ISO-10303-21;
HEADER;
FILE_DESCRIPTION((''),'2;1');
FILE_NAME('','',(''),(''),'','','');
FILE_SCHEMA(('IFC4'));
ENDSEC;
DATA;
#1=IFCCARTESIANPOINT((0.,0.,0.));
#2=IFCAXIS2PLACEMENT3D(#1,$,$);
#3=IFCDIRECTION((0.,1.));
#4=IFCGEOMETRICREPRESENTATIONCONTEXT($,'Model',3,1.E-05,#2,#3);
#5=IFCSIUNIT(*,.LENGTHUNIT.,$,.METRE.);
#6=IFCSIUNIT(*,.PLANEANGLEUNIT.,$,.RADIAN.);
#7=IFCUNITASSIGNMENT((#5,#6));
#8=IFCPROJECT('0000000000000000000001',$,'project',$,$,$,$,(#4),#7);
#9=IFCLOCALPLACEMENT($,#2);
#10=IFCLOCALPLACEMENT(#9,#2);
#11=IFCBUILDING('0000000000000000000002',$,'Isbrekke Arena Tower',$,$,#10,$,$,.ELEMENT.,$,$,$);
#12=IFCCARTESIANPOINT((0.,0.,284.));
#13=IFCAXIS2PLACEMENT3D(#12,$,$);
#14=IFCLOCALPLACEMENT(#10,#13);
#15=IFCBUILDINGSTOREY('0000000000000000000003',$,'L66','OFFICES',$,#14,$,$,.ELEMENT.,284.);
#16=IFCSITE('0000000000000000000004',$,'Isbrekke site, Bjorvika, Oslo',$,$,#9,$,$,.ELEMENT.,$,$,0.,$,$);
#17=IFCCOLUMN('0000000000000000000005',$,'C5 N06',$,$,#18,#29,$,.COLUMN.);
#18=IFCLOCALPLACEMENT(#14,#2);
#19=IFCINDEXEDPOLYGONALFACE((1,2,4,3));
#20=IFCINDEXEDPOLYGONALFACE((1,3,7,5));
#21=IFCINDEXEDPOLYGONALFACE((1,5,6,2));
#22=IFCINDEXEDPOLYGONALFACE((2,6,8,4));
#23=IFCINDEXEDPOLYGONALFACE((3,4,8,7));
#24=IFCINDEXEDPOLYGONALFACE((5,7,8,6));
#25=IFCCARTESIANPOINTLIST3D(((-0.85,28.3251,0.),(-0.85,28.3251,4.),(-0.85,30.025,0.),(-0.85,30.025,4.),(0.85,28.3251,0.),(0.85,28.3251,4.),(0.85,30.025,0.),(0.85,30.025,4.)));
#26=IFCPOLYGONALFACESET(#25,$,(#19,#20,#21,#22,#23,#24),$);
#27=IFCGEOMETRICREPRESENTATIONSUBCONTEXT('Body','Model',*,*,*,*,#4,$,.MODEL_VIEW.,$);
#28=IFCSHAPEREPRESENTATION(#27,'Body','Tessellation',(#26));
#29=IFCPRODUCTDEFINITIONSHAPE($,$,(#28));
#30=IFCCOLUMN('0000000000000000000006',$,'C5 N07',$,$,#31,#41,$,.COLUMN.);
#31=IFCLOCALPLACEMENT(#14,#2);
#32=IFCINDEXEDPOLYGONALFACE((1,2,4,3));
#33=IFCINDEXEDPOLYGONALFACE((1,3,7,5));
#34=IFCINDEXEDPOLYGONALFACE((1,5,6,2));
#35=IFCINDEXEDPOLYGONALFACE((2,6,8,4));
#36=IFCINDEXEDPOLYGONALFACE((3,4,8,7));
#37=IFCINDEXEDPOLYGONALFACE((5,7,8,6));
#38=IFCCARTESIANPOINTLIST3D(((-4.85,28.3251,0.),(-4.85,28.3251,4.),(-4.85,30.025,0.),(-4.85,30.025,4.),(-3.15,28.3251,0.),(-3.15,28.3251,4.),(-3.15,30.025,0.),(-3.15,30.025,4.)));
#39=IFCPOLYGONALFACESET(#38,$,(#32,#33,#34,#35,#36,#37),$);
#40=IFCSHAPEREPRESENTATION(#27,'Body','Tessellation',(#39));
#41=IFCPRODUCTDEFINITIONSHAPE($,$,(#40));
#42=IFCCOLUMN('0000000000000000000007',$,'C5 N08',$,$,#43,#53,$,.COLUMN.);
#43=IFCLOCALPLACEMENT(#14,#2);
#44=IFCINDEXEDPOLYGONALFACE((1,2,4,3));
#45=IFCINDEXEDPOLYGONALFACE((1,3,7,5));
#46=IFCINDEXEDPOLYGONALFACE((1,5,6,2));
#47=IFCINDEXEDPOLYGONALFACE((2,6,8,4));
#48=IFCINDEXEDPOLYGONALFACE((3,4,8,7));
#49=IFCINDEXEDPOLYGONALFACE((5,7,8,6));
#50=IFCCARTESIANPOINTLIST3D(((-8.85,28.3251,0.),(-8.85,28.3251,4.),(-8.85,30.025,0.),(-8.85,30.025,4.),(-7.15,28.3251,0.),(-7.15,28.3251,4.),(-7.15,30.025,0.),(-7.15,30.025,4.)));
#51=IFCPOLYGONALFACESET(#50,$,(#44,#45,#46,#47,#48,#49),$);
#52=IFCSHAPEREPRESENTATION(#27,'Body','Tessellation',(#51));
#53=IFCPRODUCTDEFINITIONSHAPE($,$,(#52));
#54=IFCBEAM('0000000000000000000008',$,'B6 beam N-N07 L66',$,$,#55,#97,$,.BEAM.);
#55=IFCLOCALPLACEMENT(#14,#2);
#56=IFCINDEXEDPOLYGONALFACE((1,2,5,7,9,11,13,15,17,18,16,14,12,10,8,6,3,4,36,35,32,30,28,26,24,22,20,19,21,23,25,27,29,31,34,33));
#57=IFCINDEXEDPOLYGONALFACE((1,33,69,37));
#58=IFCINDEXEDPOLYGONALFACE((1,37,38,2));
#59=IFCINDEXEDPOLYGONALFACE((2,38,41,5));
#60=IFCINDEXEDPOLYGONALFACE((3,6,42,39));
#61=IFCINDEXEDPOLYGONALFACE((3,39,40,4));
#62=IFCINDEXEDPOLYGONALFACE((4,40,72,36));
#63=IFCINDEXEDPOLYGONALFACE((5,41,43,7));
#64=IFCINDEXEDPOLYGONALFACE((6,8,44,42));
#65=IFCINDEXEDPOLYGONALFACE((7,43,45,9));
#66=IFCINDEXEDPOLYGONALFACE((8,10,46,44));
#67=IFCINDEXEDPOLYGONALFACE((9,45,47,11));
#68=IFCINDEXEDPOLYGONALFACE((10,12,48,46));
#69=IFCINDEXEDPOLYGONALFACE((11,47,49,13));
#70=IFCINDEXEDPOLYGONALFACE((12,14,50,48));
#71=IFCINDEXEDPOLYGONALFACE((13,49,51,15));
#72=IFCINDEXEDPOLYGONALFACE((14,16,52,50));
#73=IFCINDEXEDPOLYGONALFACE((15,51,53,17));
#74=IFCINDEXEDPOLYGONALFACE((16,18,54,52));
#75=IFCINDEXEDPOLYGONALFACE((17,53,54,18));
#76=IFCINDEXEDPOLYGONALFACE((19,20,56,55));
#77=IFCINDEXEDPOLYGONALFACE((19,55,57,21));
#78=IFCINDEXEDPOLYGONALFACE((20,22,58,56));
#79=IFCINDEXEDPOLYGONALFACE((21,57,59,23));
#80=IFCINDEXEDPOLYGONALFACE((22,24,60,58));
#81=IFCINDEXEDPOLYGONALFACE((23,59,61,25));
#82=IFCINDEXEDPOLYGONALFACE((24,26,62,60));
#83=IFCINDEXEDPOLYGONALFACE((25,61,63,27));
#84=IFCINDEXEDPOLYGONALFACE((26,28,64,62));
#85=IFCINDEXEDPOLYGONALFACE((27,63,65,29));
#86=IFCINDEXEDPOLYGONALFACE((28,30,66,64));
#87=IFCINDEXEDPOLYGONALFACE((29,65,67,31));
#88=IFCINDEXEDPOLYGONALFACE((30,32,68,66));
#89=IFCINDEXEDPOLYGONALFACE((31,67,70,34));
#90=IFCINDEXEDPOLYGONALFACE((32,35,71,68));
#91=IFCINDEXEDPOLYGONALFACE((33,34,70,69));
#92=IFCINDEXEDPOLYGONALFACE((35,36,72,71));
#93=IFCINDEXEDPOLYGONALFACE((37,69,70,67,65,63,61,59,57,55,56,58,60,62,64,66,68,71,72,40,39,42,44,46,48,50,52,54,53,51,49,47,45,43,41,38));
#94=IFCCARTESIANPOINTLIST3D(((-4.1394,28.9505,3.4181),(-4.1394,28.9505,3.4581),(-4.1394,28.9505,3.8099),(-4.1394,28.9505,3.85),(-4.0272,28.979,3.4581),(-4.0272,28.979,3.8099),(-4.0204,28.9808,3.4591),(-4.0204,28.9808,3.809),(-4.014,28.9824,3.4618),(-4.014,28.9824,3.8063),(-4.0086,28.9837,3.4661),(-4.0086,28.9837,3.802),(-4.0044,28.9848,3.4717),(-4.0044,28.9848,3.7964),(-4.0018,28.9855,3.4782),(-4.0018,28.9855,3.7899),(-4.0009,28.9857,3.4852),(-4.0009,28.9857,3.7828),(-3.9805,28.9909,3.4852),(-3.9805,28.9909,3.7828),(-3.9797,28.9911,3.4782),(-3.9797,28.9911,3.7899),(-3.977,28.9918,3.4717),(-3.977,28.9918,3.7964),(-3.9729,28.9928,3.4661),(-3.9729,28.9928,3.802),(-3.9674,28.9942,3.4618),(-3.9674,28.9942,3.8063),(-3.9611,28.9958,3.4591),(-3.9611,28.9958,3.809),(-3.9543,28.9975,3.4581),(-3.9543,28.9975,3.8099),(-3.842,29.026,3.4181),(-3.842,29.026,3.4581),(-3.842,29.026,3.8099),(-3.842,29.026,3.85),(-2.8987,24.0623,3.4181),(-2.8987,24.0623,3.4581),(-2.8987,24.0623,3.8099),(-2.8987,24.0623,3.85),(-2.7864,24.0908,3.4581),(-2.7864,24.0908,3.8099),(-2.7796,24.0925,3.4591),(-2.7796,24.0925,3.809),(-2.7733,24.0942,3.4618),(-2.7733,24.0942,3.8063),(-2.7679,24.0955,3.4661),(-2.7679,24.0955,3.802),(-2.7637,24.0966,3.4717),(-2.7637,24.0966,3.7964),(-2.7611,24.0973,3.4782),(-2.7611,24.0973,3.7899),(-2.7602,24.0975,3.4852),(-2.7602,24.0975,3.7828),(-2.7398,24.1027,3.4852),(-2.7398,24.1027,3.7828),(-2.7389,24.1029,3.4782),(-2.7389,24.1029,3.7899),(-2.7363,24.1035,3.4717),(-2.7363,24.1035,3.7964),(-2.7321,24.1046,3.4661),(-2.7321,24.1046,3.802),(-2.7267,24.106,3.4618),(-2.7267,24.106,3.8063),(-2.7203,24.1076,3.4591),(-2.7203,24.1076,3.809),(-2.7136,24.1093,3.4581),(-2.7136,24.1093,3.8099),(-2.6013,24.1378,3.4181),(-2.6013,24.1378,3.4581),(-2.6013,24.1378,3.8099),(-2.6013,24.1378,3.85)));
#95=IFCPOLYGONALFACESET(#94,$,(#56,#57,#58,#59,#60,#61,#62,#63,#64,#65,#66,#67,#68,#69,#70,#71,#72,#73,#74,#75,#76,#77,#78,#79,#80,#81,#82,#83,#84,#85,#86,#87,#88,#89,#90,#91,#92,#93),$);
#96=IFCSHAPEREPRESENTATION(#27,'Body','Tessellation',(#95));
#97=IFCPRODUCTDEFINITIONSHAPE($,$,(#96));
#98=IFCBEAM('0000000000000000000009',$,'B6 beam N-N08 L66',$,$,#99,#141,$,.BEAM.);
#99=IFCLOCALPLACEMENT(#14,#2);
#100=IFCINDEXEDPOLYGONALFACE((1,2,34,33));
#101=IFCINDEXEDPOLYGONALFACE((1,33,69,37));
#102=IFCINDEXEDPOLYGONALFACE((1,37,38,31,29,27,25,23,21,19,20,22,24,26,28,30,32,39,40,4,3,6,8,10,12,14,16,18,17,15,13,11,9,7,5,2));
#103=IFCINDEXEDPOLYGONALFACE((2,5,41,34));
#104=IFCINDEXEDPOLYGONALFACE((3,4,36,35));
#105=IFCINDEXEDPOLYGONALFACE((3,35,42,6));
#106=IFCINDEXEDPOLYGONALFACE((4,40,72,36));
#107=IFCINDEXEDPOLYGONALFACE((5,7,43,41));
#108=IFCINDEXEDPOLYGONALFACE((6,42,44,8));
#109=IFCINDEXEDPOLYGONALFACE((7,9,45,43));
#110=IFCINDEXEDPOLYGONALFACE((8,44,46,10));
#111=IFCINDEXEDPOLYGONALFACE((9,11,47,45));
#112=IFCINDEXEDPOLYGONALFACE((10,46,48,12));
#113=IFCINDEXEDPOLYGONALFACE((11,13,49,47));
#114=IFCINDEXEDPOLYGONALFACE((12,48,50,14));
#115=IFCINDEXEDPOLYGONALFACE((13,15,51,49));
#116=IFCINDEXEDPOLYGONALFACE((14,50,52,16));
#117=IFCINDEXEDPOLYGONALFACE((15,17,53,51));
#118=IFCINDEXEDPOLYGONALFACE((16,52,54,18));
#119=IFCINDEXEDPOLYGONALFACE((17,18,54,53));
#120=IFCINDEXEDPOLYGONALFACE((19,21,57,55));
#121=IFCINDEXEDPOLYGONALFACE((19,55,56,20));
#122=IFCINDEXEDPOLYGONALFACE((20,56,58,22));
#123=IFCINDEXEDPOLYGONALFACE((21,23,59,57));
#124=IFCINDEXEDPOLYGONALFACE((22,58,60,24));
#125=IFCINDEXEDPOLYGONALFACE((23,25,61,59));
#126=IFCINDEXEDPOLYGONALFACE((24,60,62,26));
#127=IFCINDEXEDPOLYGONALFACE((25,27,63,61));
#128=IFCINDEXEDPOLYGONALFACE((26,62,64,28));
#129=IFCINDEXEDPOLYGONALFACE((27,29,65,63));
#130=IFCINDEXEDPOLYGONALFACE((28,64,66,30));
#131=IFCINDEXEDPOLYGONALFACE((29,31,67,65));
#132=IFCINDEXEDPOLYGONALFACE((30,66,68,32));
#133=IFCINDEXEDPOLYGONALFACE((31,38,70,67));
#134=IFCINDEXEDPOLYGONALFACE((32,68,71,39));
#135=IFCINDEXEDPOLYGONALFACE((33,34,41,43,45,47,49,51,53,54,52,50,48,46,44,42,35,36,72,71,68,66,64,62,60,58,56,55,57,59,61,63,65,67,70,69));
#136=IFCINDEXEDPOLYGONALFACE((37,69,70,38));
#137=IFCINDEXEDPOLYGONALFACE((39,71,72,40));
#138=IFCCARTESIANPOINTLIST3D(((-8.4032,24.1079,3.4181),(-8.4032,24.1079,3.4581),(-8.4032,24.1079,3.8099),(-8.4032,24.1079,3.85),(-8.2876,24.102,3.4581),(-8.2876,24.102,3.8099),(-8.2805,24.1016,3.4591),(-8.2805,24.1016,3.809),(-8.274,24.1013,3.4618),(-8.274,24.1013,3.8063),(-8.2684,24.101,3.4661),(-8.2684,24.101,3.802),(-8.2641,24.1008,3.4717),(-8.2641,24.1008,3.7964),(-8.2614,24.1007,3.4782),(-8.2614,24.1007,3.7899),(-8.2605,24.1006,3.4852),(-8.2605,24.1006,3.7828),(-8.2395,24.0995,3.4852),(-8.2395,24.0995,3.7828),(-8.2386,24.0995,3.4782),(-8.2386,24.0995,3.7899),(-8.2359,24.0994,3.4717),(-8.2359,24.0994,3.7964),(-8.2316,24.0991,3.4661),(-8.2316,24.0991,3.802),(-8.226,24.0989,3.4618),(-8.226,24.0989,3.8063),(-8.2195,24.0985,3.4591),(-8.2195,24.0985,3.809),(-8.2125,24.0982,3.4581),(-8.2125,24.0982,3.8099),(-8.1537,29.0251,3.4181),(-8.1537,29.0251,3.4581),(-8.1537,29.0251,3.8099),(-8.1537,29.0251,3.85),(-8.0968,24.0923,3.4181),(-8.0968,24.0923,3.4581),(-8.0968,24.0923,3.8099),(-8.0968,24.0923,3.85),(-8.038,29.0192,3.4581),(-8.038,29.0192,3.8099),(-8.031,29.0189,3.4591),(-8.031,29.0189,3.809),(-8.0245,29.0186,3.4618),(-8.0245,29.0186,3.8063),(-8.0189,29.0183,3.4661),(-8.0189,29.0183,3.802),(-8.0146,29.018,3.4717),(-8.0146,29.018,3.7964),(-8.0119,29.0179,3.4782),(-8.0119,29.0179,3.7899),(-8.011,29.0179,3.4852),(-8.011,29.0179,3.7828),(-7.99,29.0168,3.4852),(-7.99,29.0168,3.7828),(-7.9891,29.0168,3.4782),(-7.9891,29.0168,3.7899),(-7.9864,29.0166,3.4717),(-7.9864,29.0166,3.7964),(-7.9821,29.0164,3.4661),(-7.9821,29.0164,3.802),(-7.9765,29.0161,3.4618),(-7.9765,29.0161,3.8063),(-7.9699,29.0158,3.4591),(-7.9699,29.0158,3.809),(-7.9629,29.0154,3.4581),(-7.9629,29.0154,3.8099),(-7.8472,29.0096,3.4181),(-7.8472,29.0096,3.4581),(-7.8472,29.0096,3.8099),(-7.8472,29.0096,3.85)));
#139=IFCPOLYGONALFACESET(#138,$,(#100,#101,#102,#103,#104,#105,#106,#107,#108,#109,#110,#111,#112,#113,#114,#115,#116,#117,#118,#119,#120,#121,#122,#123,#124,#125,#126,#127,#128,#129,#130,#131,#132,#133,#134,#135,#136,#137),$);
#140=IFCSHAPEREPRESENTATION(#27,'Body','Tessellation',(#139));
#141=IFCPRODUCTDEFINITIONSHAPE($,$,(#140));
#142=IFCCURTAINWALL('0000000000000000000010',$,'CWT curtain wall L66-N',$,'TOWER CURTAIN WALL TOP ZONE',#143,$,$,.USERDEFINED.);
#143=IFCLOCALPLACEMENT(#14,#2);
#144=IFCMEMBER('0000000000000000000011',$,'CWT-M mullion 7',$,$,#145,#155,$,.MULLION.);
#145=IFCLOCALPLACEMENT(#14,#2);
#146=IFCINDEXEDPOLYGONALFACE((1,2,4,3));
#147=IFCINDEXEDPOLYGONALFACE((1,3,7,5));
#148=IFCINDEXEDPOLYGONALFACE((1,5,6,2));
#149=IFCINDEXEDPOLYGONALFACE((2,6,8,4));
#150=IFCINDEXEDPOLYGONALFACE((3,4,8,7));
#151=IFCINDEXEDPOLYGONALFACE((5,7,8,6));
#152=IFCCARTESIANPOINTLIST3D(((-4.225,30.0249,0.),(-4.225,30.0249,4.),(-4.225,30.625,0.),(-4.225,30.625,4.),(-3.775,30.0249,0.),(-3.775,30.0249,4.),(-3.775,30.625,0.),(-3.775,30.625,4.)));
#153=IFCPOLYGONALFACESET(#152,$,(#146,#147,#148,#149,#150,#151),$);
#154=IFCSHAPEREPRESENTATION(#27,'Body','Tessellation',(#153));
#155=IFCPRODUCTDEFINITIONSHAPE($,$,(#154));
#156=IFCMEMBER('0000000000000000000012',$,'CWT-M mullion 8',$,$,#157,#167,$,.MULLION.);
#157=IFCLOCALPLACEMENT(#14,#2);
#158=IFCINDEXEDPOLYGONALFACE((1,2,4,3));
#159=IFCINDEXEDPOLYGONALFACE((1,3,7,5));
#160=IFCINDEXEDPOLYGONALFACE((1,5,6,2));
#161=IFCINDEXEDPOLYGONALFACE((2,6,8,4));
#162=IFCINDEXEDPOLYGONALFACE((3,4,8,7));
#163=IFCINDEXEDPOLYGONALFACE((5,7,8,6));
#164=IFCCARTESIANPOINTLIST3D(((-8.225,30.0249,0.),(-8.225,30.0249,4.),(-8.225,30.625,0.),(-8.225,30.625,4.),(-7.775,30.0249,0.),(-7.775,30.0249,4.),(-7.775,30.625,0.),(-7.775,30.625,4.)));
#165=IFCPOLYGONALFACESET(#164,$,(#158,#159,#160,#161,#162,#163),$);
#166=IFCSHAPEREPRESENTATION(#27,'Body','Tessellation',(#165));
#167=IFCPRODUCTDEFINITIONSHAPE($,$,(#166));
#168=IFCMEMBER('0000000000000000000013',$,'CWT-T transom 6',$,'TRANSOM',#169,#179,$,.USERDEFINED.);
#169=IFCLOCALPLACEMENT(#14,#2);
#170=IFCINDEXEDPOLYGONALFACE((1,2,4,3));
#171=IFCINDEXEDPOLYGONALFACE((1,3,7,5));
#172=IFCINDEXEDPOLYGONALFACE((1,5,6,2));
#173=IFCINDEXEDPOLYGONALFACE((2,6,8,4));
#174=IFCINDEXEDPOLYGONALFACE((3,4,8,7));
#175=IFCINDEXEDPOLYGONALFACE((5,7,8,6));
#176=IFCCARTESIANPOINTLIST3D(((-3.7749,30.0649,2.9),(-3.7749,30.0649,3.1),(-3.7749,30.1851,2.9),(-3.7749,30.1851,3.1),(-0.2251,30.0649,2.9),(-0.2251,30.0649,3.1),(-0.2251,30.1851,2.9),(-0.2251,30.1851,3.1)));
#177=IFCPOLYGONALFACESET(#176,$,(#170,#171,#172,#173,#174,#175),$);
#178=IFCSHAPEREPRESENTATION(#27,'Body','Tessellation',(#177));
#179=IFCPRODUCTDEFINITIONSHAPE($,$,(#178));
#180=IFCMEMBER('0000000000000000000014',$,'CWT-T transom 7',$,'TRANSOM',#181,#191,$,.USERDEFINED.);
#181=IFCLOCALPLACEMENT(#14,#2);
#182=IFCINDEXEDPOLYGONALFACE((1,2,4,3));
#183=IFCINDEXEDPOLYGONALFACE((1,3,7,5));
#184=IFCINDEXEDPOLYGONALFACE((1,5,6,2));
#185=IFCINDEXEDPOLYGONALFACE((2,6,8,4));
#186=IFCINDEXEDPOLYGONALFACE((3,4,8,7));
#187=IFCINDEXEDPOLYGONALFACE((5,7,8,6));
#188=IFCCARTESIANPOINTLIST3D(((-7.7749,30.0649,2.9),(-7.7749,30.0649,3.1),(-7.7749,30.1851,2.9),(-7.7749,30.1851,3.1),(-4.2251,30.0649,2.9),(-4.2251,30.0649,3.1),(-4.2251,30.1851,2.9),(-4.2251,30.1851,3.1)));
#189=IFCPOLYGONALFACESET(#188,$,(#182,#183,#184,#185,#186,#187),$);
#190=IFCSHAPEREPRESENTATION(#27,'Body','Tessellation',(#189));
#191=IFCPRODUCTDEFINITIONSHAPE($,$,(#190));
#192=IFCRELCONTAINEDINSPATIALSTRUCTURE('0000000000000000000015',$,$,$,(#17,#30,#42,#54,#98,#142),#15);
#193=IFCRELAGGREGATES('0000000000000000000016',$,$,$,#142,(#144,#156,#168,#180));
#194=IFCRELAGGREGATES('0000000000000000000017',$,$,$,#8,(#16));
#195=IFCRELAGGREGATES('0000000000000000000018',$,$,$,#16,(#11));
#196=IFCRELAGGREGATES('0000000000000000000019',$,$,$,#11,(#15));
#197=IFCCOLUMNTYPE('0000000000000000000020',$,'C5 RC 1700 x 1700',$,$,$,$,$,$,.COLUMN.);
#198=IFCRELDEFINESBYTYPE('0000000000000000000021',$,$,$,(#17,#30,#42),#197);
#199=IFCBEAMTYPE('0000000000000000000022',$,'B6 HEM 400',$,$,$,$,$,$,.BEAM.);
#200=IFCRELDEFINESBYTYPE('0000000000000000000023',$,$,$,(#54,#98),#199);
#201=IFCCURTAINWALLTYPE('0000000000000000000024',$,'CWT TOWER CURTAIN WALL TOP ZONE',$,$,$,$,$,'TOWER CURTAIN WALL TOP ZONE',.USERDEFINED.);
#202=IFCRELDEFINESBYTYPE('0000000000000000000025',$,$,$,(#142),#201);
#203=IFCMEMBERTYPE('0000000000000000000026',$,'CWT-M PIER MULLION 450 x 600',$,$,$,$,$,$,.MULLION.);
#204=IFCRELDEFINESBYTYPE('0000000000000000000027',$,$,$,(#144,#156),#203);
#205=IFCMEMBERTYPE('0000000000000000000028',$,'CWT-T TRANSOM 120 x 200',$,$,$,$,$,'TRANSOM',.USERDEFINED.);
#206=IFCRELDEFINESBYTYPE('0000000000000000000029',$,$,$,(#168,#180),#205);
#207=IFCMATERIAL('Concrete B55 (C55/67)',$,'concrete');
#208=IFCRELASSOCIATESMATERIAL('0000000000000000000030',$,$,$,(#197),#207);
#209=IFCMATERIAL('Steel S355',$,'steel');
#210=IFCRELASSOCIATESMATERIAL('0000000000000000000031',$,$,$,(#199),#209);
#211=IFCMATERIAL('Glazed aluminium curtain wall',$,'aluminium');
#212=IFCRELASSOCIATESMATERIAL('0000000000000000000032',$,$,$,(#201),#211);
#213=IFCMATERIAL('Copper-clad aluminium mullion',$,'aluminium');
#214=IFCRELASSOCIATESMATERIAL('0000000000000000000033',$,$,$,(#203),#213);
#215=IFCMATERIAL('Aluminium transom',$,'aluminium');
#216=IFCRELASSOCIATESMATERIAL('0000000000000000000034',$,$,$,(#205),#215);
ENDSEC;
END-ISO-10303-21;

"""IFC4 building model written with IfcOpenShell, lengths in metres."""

from ifc_helpers import new_model, si_unit, direction, frame, origin, origin_2d, place, context, subcontext, project, spatial, rectangle, i_section, extrude, material, material_profile, profile_set, type_object, element, aggregate, save


model = new_model("IFC4")

# Units and contexts
model_context = context("Model", 3, precision=1e-05, world=origin(), true_north=direction((0.0, 1.0)))
body_context = subcontext(model_context, "Body", "Model", "MODEL_VIEW")
ifc_project = project(units=[si_unit("LENGTHUNIT", "METRE"), si_unit("PLANEANGLEUNIT", "RADIAN")], contexts=[model_context])

# Site, building, storey
site_placement = place(None, origin())
site = spatial("IfcSite", under=ifc_project, at=site_placement, Name="Isbrekke site, Bjorvika, Oslo", CompositionType="ELEMENT", RefElevation=0.0)
building_placement = place(site_placement, origin())
building = spatial("IfcBuilding", under=site, at=building_placement, Name="Isbrekke Arena Tower", CompositionType="ELEMENT")
storey_placement = place(building_placement, frame((0.0, 0.0, 284.0)))
storey = spatial("IfcBuildingStorey", under=building, at=storey_placement, Name="L66", Description="OFFICES", CompositionType="ELEMENT", Elevation=284.0)

# Columns
ifc_material_1 = material(Name="Concrete B55 (C55/67)", Category="concrete")
ifc_material_profile_1 = material_profile(ifc_material_1, rectangle(XDim=1.7, YDim=1.7, at=origin_2d()), Name="RC 1700x1700")
ifc_profile_set_1 = profile_set([ifc_material_profile_1], Name="Concrete B55 (C55/67)")
column_type = type_object("IfcColumnType", Name="C5 RC 1700 x 1700", PredefinedType="COLUMN", material=ifc_profile_set_1)
for number, where, z_axis, x_axis, name in (
    (1, (0.0, 29.175, 0.0), (0.0, 0.0, 1.0), (-1.0, 0.0, 0.0), "C5 N06"),
    (2, (-4.0, 29.175, 0.0), (0.0, 0.0, 1.0), (-1.0, 0.0, 0.0), "C5 N07"),
    (3, (-8.0, 29.175, 0.0), (0.0, 0.0, 1.0), (-1.0, 0.0, 0.0), "C5 N08"),
):
    element("IfcColumn", number, at=place(storey_placement, frame(where, z_axis=z_axis, x_axis=x_axis)), inside=storey, type_object=column_type, Name=name, PredefinedType="COLUMN", context=body_context, shape_type="SweptSolid", body=[
        extrude(rectangle(XDim=1.7, YDim=1.7, at=origin_2d()), origin(), (0.0, 0.0, 1.0), 4.0),
    ])

# Beams
ifc_material_2 = material(Name="Steel S355", Category="steel")
ifc_material_profile_2 = material_profile(ifc_material_2, i_section(OverallWidth=0.3069, OverallDepth=0.4319, WebThickness=0.021, FlangeThickness=0.04, FilletRadius=0.0271, at=origin_2d()), Name="HEM 400")
ifc_profile_set_2 = profile_set([ifc_material_profile_2], Name="Steel S355")
beam_type_1 = type_object("IfcBeamType", Name="B6 HEM 400", PredefinedType="BEAM", material=ifc_profile_set_2)
beam_1_placement = place(storey_placement, frame((-3.9907, 28.9883, 3.634), z_axis=(0.24602, -0.969265, 0.0), x_axis=(0.969265, 0.24602, 0.0)))
element("IfcBeam", 4, at=beam_1_placement, inside=storey, type_object=beam_type_1, Name="B6 beam N-N07 L66", PredefinedType="BEAM", context=body_context, shape_type="SweptSolid", body=[
    extrude(i_section(OverallWidth=0.3069, OverallDepth=0.4319, WebThickness=0.021, FlangeThickness=0.04, FilletRadius=0.0271, at=origin_2d()), origin(), (0.0, 0.0, 1.0), 5.0432),
])
beam_2_placement = place(storey_placement, frame((-8.0005, 29.0173, 3.634), z_axis=(-0.050677, -0.998715, 0.0), x_axis=(0.998715, -0.050677, 0.0)))
element("IfcBeam", 5, at=beam_2_placement, inside=storey, type_object=beam_type_1, Name="B6 beam N-N08 L66", PredefinedType="BEAM", context=body_context, shape_type="SweptSolid", body=[
    extrude(i_section(OverallWidth=0.3069, OverallDepth=0.4319, WebThickness=0.021, FlangeThickness=0.04, FilletRadius=0.0271, at=origin_2d()), origin(), (0.0, 0.0, 1.0), 4.9236),
])

# Curtain wall, members
ifc_material_3 = material(Name="Glazed aluminium curtain wall", Category="aluminium")
curtain_wall_type = type_object("IfcCurtainWallType", Name="CWT TOWER CURTAIN WALL TOP ZONE", ElementType="TOWER CURTAIN WALL TOP ZONE", PredefinedType="USERDEFINED", material=ifc_material_3)
curtain_wall_placement = place(storey_placement, origin())
curtain_wall = element("IfcCurtainWall", 6, at=curtain_wall_placement, inside=storey, type_object=curtain_wall_type, Name="CWT curtain wall L66-N", ObjectType="TOWER CURTAIN WALL TOP ZONE", PredefinedType="USERDEFINED")
ifc_material_4 = material(Name="Copper-clad aluminium mullion", Category="aluminium")
ifc_material_profile_3 = material_profile(ifc_material_4, rectangle(XDim=0.45, YDim=0.6001, at=origin_2d()), Name="PIER 450X600")
ifc_profile_set_3 = profile_set([ifc_material_profile_3], Name="Copper-clad aluminium mullion")
member_type_1 = type_object("IfcMemberType", Name="CWT-M PIER MULLION 450 x 600", PredefinedType="MULLION", material=ifc_profile_set_3)
member_1_placement = place(storey_placement, frame((-4.0, 30.325, 0.0), z_axis=(0.0, 0.0, 1.0), x_axis=(-1.0, 0.0, 0.0)))
member_1 = element("IfcMember", 7, at=member_1_placement, type_object=member_type_1, Name="CWT-M mullion 7", PredefinedType="MULLION", context=body_context, shape_type="SweptSolid", body=[
    extrude(rectangle(XDim=0.45, YDim=0.6001, at=origin_2d()), origin(), (0.0, 0.0, 1.0), 4.0),
])
member_2_placement = place(storey_placement, frame((-8.0, 30.325, 0.0), z_axis=(0.0, 0.0, 1.0), x_axis=(-1.0, 0.0, 0.0)))
member_2 = element("IfcMember", 8, at=member_2_placement, type_object=member_type_1, Name="CWT-M mullion 8", PredefinedType="MULLION", context=body_context, shape_type="SweptSolid", body=[
    extrude(rectangle(XDim=0.45, YDim=0.6001, at=origin_2d()), origin(), (0.0, 0.0, 1.0), 4.0),
])
ifc_material_5 = material(Name="Aluminium transom", Category="aluminium")
ifc_material_profile_4 = material_profile(ifc_material_5, rectangle(XDim=0.1201, YDim=0.2, at=origin_2d()), Name="TRANSOM 120X200")
ifc_profile_set_4 = profile_set([ifc_material_profile_4], Name="Aluminium transom")
member_type_2 = type_object("IfcMemberType", Name="CWT-T TRANSOM 120 x 200", ElementType="TRANSOM", PredefinedType="USERDEFINED", material=ifc_profile_set_4)
member_3_placement = place(storey_placement, frame((-0.2251, 30.125, 3.0), z_axis=(-1.0, 0.0, 0.0), x_axis=(0.0, -1.0, 0.0)))
member_3 = element("IfcMember", 9, at=member_3_placement, type_object=member_type_2, Name="CWT-T transom 6", ObjectType="TRANSOM", PredefinedType="USERDEFINED", context=body_context, shape_type="SweptSolid", body=[
    extrude(rectangle(XDim=0.1201, YDim=0.2, at=origin_2d()), origin(), (0.0, 0.0, 1.0), 3.5498),
])
member_4_placement = place(storey_placement, frame((-4.2251, 30.125, 3.0), z_axis=(-1.0, 0.0, 0.0), x_axis=(0.0, -1.0, 0.0)))
member_4 = element("IfcMember", 10, at=member_4_placement, type_object=member_type_2, Name="CWT-T transom 7", ObjectType="TRANSOM", PredefinedType="USERDEFINED", context=body_context, shape_type="SweptSolid", body=[
    extrude(rectangle(XDim=0.1201, YDim=0.2, at=origin_2d()), origin(), (0.0, 0.0, 1.0), 3.5498),
])

aggregate(curtain_wall, [member_1, member_2, member_3, member_4])

save(model, "model.ifc")
